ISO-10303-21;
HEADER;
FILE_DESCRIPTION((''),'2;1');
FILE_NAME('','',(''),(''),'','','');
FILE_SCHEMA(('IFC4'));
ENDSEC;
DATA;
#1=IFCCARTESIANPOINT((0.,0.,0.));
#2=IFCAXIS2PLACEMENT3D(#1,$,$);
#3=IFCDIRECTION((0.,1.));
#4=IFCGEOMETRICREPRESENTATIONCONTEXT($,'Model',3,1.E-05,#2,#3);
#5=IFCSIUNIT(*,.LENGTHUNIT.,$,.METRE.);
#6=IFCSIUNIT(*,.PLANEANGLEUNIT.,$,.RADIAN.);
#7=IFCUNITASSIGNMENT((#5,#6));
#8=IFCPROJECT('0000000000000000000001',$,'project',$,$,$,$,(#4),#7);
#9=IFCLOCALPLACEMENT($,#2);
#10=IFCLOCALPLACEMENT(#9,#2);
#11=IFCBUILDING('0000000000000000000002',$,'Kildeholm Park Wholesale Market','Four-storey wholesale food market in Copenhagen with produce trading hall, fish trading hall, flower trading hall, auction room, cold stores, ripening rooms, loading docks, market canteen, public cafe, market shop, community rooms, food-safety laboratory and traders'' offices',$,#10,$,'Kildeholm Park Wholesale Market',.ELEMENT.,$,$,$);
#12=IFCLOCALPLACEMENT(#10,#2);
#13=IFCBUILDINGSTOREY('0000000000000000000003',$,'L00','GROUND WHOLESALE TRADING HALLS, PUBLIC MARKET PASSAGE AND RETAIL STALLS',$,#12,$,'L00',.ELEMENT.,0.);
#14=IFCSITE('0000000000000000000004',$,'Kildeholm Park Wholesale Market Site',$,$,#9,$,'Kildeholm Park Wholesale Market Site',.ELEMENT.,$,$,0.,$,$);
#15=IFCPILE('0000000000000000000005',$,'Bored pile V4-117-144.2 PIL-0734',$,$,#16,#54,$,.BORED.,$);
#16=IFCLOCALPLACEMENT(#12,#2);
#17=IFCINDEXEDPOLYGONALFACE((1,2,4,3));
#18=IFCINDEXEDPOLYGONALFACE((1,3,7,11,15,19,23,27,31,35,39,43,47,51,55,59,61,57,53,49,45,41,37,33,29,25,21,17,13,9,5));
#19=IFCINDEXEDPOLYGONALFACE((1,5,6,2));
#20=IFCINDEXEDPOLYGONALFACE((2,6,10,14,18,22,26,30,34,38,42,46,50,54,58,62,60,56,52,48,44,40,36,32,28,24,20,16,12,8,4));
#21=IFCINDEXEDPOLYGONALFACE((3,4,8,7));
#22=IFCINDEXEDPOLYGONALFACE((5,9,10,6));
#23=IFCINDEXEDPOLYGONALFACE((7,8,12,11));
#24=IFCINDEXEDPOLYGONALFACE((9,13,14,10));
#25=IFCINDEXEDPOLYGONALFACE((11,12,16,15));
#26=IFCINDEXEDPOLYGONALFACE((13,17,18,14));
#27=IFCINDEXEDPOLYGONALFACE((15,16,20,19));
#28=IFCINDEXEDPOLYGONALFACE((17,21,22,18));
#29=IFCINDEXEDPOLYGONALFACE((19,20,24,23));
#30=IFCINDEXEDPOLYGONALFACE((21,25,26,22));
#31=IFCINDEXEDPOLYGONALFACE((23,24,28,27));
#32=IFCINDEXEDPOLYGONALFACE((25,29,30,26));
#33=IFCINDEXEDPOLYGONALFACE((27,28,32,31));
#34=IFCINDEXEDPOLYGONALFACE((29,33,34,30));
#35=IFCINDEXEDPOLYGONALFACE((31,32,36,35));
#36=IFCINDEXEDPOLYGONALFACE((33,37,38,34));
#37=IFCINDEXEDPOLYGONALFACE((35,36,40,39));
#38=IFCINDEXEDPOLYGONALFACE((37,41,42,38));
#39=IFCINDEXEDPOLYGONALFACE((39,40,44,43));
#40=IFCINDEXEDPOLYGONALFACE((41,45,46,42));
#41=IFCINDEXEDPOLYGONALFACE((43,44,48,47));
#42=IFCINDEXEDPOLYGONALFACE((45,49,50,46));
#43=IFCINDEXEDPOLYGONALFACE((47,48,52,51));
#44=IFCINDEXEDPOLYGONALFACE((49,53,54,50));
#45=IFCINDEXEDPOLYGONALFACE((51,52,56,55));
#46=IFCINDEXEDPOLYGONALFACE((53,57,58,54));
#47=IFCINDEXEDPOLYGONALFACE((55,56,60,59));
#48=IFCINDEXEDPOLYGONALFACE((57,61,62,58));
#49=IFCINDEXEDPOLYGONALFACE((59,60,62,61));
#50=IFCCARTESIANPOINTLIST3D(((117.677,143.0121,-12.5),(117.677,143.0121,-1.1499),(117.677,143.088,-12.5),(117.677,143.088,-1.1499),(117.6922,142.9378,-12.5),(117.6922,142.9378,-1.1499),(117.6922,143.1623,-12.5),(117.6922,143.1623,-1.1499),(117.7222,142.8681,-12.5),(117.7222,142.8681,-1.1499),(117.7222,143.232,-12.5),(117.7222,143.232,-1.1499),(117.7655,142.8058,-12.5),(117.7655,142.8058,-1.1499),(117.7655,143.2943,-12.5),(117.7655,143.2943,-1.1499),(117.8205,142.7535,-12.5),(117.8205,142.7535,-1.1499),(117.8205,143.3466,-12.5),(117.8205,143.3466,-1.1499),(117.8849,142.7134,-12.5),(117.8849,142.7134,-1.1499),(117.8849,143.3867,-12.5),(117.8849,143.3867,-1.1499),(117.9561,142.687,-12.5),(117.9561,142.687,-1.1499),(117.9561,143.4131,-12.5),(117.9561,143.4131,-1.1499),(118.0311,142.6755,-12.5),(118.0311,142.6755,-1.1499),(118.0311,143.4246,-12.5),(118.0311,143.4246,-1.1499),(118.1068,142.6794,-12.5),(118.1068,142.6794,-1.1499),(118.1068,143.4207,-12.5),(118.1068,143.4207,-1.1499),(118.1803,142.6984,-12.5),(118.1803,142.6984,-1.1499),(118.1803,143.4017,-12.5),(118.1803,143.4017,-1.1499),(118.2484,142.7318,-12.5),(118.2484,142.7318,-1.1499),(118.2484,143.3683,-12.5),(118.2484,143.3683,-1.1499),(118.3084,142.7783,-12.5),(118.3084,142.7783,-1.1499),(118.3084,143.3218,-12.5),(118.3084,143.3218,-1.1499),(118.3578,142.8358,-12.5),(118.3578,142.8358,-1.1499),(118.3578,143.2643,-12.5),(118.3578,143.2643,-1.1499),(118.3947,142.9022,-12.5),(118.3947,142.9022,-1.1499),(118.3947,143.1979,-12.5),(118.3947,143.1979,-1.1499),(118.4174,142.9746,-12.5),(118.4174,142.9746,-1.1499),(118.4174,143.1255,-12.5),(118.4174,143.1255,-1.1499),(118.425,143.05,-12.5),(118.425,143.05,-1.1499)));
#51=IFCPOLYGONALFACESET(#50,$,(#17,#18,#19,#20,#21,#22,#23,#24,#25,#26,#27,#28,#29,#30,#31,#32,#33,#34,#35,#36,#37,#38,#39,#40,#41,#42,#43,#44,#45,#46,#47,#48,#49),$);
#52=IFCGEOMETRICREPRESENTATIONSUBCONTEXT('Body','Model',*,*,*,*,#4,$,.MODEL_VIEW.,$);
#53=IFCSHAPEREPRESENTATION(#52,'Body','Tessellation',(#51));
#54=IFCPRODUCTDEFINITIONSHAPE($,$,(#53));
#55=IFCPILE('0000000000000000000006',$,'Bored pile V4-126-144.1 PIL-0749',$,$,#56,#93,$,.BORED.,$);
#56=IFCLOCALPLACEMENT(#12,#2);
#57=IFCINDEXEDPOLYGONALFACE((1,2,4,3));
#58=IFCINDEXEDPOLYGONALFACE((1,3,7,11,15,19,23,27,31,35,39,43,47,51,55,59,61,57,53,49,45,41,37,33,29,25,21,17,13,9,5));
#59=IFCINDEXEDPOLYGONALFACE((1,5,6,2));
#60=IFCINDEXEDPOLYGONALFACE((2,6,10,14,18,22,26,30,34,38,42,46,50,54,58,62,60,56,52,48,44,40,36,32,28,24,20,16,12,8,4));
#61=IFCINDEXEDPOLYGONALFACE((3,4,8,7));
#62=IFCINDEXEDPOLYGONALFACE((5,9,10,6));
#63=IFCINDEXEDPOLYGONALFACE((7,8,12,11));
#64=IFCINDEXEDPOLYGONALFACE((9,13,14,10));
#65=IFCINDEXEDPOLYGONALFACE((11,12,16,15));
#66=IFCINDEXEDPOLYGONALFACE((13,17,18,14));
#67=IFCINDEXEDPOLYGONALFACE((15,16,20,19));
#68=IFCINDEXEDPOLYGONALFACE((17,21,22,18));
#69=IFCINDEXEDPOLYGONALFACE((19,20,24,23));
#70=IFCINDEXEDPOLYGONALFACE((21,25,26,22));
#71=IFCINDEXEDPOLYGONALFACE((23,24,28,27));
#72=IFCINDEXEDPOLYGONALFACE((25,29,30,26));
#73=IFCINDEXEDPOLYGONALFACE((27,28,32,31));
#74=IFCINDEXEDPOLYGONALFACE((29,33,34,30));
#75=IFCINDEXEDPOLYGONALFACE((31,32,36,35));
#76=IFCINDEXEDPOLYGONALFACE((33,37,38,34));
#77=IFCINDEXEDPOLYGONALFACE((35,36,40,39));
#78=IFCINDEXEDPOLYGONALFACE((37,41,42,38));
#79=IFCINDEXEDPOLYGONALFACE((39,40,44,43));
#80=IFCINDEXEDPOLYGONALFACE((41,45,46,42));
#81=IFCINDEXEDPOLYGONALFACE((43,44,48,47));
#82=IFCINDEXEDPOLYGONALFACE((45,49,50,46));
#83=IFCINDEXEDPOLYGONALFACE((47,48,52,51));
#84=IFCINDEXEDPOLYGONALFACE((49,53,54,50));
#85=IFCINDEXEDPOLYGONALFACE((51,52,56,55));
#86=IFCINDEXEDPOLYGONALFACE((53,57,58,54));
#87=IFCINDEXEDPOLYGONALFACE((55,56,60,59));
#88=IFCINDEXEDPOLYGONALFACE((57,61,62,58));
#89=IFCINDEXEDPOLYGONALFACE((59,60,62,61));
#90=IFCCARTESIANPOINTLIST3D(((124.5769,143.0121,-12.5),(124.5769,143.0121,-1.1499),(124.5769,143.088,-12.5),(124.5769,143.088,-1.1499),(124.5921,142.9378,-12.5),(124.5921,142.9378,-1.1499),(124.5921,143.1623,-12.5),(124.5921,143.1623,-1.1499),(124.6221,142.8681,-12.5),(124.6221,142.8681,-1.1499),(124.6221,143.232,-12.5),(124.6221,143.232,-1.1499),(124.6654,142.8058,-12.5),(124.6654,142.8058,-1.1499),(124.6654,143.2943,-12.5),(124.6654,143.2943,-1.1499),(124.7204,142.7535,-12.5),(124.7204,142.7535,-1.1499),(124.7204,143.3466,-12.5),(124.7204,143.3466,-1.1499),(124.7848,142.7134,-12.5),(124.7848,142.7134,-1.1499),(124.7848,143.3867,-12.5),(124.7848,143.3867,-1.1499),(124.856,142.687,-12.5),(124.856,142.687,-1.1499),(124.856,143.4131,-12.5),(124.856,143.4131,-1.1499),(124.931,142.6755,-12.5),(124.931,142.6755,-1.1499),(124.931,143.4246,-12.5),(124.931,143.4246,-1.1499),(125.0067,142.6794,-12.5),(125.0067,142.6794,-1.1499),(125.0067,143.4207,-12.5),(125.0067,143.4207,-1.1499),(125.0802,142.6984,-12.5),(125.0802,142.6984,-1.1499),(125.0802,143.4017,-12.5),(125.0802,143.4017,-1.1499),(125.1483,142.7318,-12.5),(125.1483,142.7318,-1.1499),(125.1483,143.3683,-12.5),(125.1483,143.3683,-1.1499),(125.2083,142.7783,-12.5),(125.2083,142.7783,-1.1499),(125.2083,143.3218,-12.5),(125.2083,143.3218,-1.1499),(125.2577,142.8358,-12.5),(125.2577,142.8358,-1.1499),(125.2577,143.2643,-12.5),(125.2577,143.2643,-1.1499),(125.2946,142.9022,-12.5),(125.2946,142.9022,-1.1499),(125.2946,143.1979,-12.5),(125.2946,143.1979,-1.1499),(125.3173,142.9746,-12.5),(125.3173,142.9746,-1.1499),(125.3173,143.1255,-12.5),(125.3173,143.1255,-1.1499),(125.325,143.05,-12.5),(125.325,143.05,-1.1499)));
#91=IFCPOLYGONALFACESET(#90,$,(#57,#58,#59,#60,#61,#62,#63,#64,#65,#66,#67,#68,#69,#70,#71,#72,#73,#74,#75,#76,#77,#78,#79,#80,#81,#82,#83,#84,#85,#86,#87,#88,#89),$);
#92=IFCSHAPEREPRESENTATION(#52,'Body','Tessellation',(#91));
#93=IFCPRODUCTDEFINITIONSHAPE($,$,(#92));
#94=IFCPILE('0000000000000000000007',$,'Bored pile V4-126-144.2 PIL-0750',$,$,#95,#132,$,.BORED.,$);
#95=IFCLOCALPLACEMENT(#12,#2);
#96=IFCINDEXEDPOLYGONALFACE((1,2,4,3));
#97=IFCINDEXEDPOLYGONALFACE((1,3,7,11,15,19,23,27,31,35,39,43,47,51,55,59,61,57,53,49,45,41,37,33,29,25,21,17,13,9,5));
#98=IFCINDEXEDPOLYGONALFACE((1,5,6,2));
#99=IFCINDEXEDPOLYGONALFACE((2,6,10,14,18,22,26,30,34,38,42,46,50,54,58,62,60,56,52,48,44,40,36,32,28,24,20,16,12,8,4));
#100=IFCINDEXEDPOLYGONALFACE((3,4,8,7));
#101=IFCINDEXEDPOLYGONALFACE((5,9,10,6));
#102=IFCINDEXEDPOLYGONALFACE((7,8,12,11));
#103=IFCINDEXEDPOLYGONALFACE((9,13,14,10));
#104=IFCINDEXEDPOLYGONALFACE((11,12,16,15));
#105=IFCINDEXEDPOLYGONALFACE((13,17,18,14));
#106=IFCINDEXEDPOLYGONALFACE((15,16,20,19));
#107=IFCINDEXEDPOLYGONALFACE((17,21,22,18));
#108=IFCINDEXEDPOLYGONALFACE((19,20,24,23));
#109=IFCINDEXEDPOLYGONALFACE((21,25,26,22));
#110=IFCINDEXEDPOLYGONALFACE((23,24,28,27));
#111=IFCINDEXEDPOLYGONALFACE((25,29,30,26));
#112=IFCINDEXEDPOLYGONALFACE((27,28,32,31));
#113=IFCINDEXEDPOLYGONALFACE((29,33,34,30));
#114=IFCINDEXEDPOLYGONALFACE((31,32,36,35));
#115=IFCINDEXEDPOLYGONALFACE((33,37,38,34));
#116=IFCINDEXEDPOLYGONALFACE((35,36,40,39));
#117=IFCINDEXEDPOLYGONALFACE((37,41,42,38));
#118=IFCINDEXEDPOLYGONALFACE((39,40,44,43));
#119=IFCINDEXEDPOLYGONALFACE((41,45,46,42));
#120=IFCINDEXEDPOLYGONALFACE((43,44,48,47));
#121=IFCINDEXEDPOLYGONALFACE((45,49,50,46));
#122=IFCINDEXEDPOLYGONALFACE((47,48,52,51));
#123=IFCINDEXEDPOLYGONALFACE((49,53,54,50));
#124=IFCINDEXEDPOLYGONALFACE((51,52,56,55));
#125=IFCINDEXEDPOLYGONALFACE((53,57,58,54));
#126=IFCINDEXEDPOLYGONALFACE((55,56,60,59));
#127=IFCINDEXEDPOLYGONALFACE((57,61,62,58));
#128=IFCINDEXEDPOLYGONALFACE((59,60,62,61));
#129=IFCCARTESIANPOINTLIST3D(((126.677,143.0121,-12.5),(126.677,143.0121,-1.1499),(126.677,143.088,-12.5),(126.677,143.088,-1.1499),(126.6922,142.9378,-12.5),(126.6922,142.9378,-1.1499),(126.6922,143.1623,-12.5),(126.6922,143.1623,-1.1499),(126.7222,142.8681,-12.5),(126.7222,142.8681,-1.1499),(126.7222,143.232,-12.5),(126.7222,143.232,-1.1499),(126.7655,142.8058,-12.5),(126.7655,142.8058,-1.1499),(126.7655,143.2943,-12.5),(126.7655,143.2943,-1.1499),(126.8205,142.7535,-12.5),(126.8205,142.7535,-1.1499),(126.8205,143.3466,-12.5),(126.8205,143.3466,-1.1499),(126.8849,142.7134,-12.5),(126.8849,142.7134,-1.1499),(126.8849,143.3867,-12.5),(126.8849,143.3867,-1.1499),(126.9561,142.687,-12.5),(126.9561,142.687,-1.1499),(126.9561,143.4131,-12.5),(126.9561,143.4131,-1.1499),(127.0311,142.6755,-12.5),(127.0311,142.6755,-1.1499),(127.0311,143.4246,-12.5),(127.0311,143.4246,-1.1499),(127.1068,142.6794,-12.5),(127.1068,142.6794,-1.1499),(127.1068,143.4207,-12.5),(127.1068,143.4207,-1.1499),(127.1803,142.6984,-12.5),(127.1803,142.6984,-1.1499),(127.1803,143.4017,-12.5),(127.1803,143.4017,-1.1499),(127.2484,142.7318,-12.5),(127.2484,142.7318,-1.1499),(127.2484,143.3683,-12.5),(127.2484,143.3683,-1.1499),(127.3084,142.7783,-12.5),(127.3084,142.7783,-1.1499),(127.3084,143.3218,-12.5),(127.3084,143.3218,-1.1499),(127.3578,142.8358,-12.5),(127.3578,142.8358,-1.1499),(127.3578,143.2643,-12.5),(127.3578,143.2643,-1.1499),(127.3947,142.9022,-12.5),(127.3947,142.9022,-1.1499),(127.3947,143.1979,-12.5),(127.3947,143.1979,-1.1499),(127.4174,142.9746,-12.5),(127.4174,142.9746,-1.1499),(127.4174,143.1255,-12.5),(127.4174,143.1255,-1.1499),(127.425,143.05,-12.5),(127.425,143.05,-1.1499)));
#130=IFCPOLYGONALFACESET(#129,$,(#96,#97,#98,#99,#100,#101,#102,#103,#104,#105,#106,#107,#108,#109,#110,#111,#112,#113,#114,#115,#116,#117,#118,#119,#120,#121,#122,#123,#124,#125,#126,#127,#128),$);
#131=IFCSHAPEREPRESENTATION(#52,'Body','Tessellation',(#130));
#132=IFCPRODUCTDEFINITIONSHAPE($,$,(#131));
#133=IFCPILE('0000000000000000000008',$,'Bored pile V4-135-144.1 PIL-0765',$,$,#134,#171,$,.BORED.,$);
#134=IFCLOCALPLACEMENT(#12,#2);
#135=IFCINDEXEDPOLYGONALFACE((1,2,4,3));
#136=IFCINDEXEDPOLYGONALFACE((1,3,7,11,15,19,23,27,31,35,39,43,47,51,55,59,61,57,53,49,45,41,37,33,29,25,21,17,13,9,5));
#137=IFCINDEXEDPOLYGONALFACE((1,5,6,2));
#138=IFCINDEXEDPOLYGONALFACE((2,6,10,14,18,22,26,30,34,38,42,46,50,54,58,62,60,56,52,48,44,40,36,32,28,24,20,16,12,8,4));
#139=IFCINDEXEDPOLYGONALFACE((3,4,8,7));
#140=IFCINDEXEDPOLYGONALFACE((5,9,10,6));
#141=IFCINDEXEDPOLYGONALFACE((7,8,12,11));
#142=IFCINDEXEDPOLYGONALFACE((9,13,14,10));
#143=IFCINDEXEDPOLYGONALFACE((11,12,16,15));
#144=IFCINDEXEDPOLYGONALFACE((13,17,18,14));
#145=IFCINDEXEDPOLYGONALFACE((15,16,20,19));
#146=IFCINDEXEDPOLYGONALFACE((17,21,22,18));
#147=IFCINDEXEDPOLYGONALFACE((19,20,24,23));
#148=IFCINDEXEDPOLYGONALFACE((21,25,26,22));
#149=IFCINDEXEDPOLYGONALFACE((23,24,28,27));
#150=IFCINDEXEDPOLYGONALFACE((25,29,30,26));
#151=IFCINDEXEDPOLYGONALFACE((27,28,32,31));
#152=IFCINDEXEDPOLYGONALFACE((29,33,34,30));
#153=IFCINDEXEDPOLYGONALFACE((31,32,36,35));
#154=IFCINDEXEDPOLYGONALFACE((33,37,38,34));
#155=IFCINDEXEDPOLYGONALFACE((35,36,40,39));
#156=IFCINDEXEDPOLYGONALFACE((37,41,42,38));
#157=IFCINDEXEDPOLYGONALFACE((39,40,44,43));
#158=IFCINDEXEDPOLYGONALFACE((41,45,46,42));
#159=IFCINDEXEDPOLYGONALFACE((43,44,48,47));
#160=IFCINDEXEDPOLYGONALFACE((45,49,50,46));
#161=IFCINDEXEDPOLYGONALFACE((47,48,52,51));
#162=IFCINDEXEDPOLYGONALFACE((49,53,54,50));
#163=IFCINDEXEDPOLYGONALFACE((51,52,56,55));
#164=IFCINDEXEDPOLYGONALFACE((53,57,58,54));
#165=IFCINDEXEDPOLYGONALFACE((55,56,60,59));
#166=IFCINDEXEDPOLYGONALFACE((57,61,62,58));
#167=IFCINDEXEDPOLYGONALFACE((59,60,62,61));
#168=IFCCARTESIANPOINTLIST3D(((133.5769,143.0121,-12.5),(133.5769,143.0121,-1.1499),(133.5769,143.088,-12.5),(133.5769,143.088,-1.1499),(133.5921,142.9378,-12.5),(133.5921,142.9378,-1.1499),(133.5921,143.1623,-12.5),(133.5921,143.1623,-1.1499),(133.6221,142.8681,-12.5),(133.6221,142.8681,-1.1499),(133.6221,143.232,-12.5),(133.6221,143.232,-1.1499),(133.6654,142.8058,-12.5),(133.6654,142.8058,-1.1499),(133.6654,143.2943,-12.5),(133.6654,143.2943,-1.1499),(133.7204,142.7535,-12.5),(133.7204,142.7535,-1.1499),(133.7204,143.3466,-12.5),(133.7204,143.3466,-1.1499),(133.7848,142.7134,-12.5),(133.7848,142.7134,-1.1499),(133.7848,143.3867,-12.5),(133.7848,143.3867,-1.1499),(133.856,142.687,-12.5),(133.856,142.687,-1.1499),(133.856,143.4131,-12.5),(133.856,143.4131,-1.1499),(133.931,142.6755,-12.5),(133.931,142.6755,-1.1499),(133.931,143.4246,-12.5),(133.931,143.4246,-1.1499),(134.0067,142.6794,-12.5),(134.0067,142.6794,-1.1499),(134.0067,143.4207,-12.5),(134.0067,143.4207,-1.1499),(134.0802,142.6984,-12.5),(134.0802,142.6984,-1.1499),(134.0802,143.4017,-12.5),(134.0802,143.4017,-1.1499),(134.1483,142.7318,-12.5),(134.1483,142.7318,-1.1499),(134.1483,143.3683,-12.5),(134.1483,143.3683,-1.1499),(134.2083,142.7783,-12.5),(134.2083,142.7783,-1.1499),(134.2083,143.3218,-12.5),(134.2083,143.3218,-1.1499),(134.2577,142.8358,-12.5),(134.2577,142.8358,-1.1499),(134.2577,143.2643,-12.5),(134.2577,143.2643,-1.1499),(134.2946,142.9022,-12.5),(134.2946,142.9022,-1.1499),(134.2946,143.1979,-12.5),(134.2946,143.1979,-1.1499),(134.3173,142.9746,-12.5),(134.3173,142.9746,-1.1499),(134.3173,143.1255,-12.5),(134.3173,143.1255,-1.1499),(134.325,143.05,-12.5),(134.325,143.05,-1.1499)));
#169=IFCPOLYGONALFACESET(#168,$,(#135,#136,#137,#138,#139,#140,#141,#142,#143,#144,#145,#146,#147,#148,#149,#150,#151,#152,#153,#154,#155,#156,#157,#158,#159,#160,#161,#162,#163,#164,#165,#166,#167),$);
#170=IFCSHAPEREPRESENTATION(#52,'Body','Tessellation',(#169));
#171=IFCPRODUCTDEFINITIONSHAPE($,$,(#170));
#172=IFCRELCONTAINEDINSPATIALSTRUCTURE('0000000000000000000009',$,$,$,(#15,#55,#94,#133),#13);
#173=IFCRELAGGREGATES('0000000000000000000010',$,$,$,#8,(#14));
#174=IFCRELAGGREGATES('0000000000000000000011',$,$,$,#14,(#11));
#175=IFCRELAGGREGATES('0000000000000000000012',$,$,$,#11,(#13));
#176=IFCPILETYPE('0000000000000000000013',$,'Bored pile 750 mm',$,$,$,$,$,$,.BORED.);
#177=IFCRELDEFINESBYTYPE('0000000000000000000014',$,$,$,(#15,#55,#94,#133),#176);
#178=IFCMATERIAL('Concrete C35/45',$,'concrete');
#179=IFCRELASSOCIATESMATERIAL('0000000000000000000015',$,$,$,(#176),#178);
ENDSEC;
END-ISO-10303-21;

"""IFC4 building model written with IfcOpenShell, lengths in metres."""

from ifc_helpers import new_model, si_unit, direction, frame, origin, origin_2d, place, context, subcontext, project, spatial, circle, extrude, material, material_profile, profile_set, type_object, element, save


model = new_model("IFC4")

# Units and contexts
model_context = context("Model", 3, precision=1e-05, world=origin(), true_north=direction((0.0, 1.0)))
body_context = subcontext(model_context, "Body", "Model", "MODEL_VIEW")
ifc_project = project(units=[si_unit("LENGTHUNIT", "METRE"), si_unit("PLANEANGLEUNIT", "RADIAN")], contexts=[model_context])

# Site, building, storey
site_placement = place(None, origin())
site = spatial("IfcSite", under=ifc_project, at=site_placement, Name="Kildeholm Park Wholesale Market Site", LongName="Kildeholm Park Wholesale Market Site", CompositionType="ELEMENT", RefElevation=0.0)
building_placement = place(site_placement, origin())
building = spatial("IfcBuilding", under=site, at=building_placement, Name="Kildeholm Park Wholesale Market", Description="Four-storey wholesale food market in Copenhagen with produce trading hall, fish trading hall, flower trading hall, auction room, cold stores, ripening rooms, loading docks, market canteen, public cafe, market shop, community rooms, food-safety laboratory and traders' offices", LongName="Kildeholm Park Wholesale Market", CompositionType="ELEMENT")
storey_placement = place(building_placement, origin())
storey = spatial("IfcBuildingStorey", under=building, at=storey_placement, Name="L00", Description="GROUND WHOLESALE TRADING HALLS, PUBLIC MARKET PASSAGE AND RETAIL STALLS", LongName="L00", CompositionType="ELEMENT", Elevation=0.0)

# Piles
ifc_material_1 = material(Name="Concrete C35/45", Category="concrete")
ifc_material_profile_1 = material_profile(ifc_material_1, circle(Radius=0.375, at=origin_2d()), Name="PILE D750")
ifc_profile_set_1 = profile_set([ifc_material_profile_1], Name="Concrete C35/45")
pile_type_1 = type_object("IfcPileType", Name="Bored pile 750 mm", PredefinedType="BORED", material=ifc_profile_set_1)
for number, where, z_axis, x_axis, name in (
    (1, (118.05, 143.05, -1.1499), (0.0, 0.0, -1.0), (1.0, 0.0, 0.0), "Bored pile V4-117-144.2 PIL-0734"),
    (2, (124.95, 143.05, -1.1499), (0.0, 0.0, -1.0), (1.0, 0.0, 0.0), "Bored pile V4-126-144.1 PIL-0749"),
    (3, (127.05, 143.05, -1.1499), (0.0, 0.0, -1.0), (1.0, 0.0, 0.0), "Bored pile V4-126-144.2 PIL-0750"),
    (4, (133.95, 143.05, -1.1499), (0.0, 0.0, -1.0), (1.0, 0.0, 0.0), "Bored pile V4-135-144.1 PIL-0765"),
):
    element("IfcPile", number, at=place(storey_placement, frame(where, z_axis=z_axis, x_axis=x_axis)), inside=storey, type_object=pile_type_1, Name=name, PredefinedType="BORED", context=body_context, shape_type="SweptSolid", body=[
        extrude(circle(Radius=0.375, at=origin_2d()), origin(), (0.0, 0.0, 1.0), 11.3501),
    ])

save(model, "model.ifc")
